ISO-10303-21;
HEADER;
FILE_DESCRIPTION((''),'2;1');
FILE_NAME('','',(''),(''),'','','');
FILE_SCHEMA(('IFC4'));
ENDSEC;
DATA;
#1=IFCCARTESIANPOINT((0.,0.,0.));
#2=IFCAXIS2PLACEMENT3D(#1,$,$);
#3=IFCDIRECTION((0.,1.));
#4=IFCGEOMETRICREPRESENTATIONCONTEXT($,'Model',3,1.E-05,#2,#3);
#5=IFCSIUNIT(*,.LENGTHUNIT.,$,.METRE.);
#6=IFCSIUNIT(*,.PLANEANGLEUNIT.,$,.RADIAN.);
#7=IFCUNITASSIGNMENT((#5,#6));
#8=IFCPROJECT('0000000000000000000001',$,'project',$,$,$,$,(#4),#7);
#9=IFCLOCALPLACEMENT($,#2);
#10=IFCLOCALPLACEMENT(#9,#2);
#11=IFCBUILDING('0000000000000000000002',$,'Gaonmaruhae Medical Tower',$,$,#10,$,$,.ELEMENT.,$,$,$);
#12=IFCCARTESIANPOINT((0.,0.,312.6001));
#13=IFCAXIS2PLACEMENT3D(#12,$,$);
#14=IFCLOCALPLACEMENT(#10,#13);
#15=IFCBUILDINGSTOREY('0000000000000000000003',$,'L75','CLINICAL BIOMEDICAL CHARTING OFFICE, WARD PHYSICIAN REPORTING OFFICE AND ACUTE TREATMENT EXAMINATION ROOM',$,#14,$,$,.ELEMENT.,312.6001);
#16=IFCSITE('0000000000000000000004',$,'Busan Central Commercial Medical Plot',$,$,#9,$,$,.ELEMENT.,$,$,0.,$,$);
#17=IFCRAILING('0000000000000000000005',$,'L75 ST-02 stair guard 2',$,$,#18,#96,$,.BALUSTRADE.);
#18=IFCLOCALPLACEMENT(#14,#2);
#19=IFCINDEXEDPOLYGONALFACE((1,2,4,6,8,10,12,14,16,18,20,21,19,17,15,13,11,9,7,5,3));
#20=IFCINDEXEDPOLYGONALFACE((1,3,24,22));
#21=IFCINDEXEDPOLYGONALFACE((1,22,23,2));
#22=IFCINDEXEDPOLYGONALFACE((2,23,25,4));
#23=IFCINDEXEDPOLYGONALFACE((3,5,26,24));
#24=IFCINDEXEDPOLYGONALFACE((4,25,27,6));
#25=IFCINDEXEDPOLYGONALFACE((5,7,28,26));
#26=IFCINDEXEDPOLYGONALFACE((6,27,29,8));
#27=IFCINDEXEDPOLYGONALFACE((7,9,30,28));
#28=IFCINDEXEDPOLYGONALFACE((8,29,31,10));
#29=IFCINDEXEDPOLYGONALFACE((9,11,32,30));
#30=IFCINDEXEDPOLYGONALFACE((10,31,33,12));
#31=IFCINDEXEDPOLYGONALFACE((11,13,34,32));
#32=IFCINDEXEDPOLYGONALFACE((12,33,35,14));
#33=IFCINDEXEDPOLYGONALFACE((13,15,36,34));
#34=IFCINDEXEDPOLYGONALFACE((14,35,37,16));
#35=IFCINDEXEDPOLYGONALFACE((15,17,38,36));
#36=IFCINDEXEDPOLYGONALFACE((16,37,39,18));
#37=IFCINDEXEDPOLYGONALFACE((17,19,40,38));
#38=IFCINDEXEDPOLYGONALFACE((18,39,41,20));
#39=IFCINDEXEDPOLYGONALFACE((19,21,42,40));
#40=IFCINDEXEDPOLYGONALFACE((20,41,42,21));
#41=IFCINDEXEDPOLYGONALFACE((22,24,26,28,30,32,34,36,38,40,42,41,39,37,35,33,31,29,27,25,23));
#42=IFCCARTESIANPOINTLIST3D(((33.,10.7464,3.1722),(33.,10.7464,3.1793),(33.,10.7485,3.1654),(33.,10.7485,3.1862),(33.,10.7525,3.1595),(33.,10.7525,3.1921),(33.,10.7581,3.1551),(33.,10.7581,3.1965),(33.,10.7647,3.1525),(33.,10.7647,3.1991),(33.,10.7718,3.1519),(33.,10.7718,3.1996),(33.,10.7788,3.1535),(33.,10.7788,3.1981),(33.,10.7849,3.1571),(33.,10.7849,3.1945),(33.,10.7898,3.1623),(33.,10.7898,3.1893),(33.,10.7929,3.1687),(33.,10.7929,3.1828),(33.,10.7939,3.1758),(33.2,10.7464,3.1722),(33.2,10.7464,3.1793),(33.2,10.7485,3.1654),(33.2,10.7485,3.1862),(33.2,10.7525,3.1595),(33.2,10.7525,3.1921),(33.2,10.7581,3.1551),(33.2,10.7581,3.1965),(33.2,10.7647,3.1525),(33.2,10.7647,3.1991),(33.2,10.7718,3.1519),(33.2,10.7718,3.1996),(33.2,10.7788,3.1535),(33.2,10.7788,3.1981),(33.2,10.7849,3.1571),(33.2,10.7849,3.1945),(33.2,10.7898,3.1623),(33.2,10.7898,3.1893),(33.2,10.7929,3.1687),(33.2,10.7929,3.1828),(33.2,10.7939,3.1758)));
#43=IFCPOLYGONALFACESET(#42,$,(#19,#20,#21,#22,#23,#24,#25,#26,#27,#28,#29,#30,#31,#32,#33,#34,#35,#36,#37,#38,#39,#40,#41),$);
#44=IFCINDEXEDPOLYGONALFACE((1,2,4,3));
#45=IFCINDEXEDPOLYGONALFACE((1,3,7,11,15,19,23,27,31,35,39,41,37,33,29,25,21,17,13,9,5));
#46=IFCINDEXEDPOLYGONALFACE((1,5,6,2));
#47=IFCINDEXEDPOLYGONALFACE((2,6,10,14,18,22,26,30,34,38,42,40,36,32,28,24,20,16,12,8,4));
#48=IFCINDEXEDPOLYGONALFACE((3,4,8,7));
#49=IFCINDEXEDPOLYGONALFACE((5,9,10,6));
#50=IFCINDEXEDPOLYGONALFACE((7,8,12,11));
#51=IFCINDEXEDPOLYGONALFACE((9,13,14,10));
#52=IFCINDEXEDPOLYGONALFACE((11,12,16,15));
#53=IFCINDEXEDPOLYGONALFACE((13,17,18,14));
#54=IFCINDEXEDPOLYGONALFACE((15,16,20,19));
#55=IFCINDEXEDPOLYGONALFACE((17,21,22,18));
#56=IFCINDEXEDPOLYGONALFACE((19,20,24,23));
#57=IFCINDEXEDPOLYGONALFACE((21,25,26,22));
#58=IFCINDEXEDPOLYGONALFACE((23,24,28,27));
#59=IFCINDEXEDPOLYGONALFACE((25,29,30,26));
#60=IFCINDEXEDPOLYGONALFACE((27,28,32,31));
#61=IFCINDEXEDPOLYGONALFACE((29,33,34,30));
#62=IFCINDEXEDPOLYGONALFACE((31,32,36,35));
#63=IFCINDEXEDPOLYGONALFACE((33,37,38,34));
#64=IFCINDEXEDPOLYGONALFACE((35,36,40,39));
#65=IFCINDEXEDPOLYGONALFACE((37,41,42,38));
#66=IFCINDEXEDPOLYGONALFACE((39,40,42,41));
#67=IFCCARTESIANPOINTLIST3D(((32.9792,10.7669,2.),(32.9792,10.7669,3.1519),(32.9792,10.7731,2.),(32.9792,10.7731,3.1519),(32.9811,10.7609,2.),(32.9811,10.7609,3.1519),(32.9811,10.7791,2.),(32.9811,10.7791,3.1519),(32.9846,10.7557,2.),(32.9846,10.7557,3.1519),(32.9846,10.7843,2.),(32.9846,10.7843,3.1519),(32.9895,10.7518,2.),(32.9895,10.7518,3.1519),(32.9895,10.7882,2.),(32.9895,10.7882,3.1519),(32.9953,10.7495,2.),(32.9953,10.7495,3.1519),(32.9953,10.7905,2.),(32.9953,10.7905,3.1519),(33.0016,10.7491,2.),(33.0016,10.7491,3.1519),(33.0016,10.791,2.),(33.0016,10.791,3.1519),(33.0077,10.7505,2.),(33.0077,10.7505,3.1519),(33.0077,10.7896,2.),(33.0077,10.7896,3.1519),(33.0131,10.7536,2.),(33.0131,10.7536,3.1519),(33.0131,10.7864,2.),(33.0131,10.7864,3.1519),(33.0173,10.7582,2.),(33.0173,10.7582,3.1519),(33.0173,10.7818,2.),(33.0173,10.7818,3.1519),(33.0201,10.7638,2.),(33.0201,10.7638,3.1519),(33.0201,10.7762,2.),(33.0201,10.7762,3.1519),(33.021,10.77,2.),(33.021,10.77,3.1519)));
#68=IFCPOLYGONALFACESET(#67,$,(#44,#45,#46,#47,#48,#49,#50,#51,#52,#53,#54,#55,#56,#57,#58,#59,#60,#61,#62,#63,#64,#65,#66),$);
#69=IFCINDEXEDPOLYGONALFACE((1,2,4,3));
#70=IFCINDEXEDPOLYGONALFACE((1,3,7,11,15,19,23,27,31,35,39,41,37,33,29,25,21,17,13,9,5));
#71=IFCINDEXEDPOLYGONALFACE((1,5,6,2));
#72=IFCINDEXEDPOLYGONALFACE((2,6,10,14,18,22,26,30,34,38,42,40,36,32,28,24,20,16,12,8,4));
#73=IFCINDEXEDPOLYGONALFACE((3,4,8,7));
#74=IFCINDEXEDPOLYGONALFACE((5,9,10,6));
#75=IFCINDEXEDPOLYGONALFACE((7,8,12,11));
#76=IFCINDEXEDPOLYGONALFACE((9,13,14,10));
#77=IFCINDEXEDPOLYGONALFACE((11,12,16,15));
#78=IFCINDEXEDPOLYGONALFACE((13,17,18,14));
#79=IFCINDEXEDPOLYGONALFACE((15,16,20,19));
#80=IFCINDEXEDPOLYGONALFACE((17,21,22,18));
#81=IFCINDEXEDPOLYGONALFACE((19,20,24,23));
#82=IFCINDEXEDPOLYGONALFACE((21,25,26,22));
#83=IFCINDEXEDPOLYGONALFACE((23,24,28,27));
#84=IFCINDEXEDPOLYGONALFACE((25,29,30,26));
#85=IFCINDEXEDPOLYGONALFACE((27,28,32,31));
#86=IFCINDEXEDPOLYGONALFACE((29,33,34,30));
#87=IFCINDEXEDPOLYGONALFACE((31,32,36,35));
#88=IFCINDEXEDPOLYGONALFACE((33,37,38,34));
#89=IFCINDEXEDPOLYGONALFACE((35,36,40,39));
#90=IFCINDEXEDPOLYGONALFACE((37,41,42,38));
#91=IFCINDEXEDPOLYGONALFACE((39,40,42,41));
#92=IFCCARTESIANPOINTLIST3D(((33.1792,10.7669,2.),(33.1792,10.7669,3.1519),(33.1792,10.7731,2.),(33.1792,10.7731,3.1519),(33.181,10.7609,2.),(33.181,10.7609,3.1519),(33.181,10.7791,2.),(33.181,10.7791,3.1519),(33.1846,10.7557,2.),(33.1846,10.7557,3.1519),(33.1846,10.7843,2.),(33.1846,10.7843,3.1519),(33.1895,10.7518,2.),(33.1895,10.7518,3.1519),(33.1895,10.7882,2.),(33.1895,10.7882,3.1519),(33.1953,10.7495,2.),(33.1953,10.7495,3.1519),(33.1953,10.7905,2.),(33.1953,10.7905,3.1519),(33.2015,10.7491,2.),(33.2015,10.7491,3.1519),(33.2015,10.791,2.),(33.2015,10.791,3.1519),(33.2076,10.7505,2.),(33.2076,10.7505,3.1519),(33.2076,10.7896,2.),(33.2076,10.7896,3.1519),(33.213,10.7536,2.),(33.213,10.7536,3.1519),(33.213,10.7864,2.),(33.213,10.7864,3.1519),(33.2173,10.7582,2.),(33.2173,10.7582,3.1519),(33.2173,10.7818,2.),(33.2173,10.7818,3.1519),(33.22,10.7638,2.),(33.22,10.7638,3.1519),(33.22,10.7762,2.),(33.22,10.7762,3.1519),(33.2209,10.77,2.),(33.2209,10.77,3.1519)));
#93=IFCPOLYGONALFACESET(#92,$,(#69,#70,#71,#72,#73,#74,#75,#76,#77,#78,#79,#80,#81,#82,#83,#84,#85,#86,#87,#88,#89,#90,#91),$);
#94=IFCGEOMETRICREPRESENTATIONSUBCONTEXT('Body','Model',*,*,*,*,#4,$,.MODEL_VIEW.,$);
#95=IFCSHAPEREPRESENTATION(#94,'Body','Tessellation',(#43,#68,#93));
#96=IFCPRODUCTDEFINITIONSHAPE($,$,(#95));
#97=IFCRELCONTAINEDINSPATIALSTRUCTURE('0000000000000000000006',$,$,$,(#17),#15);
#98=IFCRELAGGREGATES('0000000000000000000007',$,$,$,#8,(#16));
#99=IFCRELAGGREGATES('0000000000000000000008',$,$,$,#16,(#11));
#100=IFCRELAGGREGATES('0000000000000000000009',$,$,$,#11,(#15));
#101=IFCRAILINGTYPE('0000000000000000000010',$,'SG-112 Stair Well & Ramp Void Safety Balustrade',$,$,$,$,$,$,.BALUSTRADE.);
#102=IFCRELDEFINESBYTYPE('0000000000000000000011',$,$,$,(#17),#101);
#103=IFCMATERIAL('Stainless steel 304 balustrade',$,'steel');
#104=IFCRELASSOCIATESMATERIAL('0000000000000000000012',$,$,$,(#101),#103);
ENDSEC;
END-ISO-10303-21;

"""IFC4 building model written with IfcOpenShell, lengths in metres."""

from ifc_helpers import new_model, si_unit, direction, frame, origin, origin_2d, place, context, subcontext, project, spatial, circle, extrude, material, type_object, element, save


model = new_model("IFC4")

# Units and contexts
model_context = context("Model", 3, precision=1e-05, world=origin(), true_north=direction((0.0, 1.0)))
body_context = subcontext(model_context, "Body", "Model", "MODEL_VIEW")
ifc_project = project(units=[si_unit("LENGTHUNIT", "METRE"), si_unit("PLANEANGLEUNIT", "RADIAN")], contexts=[model_context])

# Site, building, storey
site_placement = place(None, origin())
site = spatial("IfcSite", under=ifc_project, at=site_placement, Name="Busan Central Commercial Medical Plot", CompositionType="ELEMENT", RefElevation=0.0)
building_placement = place(site_placement, origin())
building = spatial("IfcBuilding", under=site, at=building_placement, Name="Gaonmaruhae Medical Tower", CompositionType="ELEMENT")
storey_placement = place(building_placement, frame((0.0, 0.0, 312.6001)))
storey = spatial("IfcBuildingStorey", under=building, at=storey_placement, Name="L75", Description="CLINICAL BIOMEDICAL CHARTING OFFICE, WARD PHYSICIAN REPORTING OFFICE AND ACUTE TREATMENT EXAMINATION ROOM", CompositionType="ELEMENT", Elevation=312.6001)

# Railing
ifc_material_1 = material(Name="Stainless steel 304 balustrade", Category="steel")
railing_type_1 = type_object("IfcRailingType", Name="SG-112 Stair Well & Ramp Void Safety Balustrade", PredefinedType="BALUSTRADE", material=ifc_material_1)
railing_1_placement = place(storey_placement, frame((33.0, 10.77, 2.0)))
element("IfcRailing", 1, at=railing_1_placement, inside=storey, type_object=railing_type_1, Name="L75 ST-02 stair guard 2", PredefinedType="BALUSTRADE", context=body_context, shape_type="SweptSolid", body=[
    extrude(circle(Radius=0.0239, at=origin_2d()), frame((0.0, 0.0, 1.1758), z_axis=(1.0, 0.0, 0.0), x_axis=(0.0, 1.0, 0.0)), (0.0, 0.0, 1.0), 0.2),
    extrude(circle(Radius=0.021, at=origin_2d()), origin(), (0.0, 0.0, 1.0), 1.1519),
    extrude(circle(Radius=0.021, at=origin_2d()), frame((0.2, 0.0, 0.0)), (0.0, 0.0, 1.0), 1.1519),
])

save(model, "model.ifc")
